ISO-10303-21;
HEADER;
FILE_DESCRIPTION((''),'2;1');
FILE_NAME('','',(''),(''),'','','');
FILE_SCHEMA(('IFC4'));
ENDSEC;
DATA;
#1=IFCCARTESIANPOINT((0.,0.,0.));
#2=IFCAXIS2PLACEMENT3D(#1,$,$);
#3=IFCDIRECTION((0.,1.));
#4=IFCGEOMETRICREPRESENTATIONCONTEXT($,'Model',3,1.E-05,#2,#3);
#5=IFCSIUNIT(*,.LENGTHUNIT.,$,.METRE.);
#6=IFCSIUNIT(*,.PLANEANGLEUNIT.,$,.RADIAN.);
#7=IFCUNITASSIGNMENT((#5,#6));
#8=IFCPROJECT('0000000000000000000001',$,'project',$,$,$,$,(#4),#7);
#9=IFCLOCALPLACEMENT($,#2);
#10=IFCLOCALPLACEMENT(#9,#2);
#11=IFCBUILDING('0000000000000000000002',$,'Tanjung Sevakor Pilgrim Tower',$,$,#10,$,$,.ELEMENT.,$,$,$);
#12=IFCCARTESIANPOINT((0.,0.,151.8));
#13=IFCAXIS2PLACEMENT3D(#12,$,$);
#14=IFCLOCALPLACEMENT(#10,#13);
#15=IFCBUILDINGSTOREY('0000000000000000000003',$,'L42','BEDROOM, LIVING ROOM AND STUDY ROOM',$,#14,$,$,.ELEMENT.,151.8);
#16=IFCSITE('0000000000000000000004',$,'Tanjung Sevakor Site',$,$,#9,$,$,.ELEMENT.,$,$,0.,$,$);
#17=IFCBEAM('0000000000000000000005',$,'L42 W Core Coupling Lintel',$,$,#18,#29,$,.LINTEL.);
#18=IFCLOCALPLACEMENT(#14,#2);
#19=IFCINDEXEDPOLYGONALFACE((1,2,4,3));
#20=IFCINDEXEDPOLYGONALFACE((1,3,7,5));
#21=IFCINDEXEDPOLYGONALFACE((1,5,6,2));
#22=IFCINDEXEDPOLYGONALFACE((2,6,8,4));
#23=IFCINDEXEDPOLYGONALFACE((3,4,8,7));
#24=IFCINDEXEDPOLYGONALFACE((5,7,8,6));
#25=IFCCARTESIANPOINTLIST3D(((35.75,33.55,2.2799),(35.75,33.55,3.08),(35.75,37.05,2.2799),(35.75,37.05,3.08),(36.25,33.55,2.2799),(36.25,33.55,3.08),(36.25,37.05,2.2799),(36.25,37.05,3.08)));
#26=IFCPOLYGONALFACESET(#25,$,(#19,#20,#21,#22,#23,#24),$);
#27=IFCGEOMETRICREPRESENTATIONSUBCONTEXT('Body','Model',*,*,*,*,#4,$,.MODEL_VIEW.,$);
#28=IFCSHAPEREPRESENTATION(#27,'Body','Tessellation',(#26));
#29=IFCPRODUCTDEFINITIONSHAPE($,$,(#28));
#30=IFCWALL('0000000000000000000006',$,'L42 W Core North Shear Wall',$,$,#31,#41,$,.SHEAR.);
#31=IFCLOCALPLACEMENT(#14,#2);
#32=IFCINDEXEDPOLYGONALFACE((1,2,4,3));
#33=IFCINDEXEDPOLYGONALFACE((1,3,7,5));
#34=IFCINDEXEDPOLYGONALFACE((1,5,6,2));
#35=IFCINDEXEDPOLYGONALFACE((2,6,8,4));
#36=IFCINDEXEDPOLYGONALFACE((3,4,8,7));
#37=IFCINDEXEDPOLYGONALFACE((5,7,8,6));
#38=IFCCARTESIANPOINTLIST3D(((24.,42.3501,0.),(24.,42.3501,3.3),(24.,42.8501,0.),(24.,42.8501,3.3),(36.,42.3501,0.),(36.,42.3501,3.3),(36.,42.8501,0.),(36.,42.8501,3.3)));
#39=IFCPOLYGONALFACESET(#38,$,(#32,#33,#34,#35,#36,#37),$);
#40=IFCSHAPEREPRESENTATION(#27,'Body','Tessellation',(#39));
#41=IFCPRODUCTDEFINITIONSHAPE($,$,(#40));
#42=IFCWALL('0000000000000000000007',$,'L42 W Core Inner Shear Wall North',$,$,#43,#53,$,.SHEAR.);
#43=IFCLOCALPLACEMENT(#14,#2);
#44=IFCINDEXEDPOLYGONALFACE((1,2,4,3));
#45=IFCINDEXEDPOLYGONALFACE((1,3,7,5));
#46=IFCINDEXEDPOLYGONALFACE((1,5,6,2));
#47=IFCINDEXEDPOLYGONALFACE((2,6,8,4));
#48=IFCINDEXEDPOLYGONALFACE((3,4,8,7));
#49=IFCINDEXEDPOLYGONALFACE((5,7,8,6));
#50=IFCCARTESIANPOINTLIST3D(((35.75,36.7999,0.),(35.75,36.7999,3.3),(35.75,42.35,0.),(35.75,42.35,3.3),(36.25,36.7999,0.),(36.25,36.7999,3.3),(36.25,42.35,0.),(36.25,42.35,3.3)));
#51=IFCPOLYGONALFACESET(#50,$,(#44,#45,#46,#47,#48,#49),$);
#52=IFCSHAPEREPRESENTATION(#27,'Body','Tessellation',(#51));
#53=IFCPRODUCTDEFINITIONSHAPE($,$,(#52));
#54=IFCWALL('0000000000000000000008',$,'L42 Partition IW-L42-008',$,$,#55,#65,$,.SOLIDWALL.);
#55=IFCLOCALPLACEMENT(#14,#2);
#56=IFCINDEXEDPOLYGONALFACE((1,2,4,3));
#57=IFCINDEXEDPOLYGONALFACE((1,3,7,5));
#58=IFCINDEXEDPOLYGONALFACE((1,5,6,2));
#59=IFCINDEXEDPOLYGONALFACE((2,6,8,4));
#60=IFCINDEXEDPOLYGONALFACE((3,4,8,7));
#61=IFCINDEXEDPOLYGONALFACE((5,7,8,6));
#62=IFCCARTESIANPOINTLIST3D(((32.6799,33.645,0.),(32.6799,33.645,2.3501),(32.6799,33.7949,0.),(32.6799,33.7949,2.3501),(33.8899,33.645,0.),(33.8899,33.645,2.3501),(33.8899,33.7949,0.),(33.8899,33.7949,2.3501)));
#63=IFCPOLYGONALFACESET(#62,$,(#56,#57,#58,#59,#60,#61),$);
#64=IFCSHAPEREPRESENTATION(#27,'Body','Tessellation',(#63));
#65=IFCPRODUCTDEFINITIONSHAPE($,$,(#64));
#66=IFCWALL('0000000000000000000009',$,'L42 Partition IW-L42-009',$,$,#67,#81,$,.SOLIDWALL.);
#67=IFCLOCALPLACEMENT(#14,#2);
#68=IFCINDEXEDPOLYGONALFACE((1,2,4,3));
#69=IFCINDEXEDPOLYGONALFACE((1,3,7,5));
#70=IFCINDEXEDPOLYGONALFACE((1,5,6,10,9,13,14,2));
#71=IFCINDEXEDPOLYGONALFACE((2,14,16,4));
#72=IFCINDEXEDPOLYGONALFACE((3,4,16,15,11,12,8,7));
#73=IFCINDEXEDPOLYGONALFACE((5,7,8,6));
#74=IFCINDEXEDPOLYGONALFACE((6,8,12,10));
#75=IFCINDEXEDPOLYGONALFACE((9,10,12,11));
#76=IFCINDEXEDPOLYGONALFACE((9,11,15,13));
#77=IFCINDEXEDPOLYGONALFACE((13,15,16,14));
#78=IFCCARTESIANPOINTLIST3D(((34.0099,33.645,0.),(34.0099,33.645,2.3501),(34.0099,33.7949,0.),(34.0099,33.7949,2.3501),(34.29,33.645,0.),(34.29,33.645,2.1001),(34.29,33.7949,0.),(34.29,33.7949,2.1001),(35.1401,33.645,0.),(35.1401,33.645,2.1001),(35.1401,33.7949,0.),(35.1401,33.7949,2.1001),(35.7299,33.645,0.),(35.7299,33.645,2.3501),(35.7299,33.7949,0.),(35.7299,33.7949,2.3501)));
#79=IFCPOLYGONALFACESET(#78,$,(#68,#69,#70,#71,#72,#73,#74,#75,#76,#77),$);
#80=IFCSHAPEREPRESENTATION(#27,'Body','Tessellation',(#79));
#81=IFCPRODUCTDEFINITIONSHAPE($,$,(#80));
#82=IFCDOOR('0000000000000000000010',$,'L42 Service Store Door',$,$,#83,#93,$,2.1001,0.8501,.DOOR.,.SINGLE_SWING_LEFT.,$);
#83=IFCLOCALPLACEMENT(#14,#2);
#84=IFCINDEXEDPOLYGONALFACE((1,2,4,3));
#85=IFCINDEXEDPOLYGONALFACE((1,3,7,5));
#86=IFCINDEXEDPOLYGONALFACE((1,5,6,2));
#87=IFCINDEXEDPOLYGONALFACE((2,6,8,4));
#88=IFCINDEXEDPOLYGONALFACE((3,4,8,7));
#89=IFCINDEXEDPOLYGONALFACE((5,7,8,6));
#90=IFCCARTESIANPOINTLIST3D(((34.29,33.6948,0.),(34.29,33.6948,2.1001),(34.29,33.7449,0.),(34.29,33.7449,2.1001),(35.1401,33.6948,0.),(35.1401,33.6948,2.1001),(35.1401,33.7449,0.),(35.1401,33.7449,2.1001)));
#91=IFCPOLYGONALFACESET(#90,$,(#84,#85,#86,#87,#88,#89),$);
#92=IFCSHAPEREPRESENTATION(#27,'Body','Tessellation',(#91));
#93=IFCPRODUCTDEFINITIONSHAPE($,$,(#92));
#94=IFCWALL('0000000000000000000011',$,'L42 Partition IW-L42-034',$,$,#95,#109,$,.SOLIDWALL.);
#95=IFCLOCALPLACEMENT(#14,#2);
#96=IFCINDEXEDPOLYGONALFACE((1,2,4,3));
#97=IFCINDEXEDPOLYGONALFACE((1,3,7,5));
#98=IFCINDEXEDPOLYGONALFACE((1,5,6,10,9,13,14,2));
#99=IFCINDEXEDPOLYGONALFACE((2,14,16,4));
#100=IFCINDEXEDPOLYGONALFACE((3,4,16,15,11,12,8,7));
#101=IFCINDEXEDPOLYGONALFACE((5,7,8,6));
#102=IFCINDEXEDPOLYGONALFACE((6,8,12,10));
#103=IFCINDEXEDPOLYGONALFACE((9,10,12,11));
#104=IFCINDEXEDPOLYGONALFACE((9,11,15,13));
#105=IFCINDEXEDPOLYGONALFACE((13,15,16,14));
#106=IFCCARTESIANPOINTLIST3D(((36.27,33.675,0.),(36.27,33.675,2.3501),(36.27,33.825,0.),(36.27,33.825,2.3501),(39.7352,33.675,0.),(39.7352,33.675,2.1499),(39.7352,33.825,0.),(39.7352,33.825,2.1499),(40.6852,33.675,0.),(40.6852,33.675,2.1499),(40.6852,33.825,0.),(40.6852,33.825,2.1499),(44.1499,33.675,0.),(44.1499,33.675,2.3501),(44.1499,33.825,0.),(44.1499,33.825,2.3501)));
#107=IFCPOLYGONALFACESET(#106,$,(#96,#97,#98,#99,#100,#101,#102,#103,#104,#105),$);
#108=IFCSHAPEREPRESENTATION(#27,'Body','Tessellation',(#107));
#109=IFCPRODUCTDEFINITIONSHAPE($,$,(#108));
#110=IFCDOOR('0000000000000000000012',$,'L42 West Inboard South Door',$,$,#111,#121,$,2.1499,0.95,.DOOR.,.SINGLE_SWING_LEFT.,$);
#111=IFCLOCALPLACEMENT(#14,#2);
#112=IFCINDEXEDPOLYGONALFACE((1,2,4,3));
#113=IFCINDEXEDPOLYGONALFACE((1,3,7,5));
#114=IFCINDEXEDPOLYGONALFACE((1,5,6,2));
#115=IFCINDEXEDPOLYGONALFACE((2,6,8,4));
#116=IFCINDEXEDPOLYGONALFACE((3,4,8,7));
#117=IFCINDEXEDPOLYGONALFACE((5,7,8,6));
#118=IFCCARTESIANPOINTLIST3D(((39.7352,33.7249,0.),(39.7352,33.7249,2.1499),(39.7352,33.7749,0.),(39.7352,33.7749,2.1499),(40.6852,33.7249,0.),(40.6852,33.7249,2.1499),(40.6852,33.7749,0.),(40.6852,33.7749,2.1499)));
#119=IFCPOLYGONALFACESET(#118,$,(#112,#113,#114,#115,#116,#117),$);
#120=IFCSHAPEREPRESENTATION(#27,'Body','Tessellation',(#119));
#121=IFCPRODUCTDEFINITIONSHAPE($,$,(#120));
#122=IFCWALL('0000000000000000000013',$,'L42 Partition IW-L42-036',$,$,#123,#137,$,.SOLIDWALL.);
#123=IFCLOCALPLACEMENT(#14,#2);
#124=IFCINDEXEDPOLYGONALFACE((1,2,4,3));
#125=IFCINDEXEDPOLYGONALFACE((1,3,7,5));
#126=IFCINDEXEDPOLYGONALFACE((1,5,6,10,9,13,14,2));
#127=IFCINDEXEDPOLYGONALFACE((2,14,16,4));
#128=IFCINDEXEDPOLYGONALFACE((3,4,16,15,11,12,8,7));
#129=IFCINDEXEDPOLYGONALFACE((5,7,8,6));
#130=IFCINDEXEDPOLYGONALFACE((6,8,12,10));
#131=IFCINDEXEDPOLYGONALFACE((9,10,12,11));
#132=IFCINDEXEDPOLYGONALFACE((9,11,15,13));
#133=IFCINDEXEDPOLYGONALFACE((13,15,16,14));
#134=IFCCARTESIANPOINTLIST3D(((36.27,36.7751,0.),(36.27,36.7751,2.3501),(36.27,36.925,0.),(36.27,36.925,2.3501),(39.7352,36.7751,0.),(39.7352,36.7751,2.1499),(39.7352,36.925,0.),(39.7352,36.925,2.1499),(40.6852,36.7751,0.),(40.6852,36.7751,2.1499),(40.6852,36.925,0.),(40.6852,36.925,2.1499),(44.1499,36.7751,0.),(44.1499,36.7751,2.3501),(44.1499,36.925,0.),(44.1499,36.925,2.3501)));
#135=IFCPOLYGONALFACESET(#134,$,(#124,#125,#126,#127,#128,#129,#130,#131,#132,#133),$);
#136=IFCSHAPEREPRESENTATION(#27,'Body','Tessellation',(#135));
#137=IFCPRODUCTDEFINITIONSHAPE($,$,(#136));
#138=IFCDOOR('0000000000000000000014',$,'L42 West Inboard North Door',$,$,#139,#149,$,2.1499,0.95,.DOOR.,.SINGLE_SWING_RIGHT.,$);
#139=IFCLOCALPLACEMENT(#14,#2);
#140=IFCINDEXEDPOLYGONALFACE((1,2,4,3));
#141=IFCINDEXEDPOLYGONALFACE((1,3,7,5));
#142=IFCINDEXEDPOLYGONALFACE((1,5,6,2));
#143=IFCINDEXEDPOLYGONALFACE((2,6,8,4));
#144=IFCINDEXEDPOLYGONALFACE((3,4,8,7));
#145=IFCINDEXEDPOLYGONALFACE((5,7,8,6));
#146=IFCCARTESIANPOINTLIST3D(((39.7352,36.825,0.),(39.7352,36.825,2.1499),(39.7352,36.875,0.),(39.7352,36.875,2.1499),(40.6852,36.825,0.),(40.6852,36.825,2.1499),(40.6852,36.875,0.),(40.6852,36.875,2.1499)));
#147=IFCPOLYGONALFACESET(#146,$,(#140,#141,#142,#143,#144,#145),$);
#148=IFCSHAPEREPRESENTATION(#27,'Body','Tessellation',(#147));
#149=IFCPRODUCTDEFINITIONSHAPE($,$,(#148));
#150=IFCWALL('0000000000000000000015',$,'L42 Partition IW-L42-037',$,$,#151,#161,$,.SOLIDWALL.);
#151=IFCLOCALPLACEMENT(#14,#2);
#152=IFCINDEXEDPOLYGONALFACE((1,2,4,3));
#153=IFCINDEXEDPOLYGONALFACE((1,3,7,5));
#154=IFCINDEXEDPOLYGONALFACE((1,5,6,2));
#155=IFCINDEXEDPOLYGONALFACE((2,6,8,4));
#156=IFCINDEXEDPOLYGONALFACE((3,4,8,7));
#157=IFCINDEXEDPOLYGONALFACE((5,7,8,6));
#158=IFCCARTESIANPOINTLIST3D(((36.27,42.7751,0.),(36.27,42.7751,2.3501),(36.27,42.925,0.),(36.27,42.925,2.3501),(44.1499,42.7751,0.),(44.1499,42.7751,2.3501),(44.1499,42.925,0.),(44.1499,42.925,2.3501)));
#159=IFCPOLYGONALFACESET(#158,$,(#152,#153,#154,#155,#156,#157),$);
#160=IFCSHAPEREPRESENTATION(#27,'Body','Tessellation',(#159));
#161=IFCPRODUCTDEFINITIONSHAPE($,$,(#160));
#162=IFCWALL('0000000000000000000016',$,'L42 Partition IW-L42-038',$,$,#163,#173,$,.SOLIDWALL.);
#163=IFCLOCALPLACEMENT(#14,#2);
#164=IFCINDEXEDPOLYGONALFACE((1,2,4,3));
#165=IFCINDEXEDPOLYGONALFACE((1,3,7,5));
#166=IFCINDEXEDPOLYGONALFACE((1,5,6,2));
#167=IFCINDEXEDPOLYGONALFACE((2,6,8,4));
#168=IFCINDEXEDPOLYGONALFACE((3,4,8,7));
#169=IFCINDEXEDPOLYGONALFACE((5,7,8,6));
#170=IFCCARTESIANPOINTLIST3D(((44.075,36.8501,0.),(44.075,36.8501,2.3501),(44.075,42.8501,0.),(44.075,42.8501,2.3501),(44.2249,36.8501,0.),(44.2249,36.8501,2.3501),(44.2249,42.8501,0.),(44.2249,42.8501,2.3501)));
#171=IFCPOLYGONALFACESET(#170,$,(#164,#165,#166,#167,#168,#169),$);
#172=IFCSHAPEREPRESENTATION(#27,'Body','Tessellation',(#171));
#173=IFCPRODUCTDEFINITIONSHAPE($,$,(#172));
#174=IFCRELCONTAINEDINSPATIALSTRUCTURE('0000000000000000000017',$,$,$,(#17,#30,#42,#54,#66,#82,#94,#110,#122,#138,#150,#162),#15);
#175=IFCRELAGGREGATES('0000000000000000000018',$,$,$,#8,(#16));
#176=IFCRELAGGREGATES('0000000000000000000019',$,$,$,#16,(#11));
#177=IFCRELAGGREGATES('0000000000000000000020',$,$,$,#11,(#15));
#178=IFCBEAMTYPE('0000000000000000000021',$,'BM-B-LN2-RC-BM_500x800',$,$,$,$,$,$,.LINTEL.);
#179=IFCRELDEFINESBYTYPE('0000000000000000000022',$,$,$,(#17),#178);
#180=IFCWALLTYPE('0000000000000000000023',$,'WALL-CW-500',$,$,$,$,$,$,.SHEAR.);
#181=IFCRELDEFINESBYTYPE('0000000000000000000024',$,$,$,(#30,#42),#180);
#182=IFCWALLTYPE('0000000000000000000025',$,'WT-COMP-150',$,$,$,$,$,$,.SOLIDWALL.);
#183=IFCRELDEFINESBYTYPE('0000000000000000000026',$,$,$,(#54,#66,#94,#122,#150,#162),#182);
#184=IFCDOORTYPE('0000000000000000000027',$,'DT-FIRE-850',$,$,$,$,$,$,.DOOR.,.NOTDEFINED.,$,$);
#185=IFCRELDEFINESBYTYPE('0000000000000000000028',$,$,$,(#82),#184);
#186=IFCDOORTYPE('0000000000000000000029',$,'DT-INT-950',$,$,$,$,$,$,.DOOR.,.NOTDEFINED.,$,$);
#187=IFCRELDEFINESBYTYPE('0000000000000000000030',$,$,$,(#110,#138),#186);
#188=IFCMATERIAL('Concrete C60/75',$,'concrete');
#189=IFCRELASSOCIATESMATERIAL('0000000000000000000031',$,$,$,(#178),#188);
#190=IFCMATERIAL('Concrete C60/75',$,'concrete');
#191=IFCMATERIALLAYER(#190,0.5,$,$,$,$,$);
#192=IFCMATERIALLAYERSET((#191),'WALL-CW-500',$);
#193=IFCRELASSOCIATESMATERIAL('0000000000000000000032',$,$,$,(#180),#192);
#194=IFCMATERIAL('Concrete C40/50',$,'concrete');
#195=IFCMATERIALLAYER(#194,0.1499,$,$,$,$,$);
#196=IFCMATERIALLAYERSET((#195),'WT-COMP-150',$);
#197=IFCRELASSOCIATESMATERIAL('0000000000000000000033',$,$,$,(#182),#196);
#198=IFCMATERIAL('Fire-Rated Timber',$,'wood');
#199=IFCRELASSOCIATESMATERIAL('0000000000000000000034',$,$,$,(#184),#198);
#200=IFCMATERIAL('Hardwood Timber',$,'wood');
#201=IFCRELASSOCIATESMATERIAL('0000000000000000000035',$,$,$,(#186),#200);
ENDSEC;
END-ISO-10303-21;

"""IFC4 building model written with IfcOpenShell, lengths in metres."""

from ifc_helpers import new_model, si_unit, direction, frame, frame_2d, origin, origin_2d, place, context, subcontext, project, spatial, rectangle, extrude, material, layer, layer_set, material_profile, profile_set, type_object, element, fill, save


model = new_model("IFC4")

# Units and contexts
model_context = context("Model", 3, precision=1e-05, world=origin(), true_north=direction((0.0, 1.0)))
body_context = subcontext(model_context, "Body", "Model", "MODEL_VIEW")
ifc_project = project(units=[si_unit("LENGTHUNIT", "METRE"), si_unit("PLANEANGLEUNIT", "RADIAN")], contexts=[model_context])

# Site, building, storey
site_placement = place(None, origin())
site = spatial("IfcSite", under=ifc_project, at=site_placement, Name="Tanjung Sevakor Site", CompositionType="ELEMENT", RefElevation=0.0)
building_placement = place(site_placement, origin())
building = spatial("IfcBuilding", under=site, at=building_placement, Name="Tanjung Sevakor Pilgrim Tower", CompositionType="ELEMENT")
storey_placement = place(building_placement, frame((0.0, 0.0, 151.8)))
storey = spatial("IfcBuildingStorey", under=building, at=storey_placement, Name="L42", Description="BEDROOM, LIVING ROOM AND STUDY ROOM", CompositionType="ELEMENT", Elevation=151.8)

# Beam
ifc_material_1 = material(Name="Concrete C60/75", Category="concrete")
ifc_material_profile_1 = material_profile(ifc_material_1, rectangle(XDim=0.5, YDim=0.8, at=origin_2d()))
ifc_profile_set_1 = profile_set([ifc_material_profile_1], Name="Concrete C60/75")
beam_type_1 = type_object("IfcBeamType", Name="BM-B-LN2-RC-BM_500x800", PredefinedType="LINTEL", material=ifc_profile_set_1)
beam_1_placement = place(storey_placement, frame((36.0, 33.55, 2.6799), z_axis=(0.0, 1.0, 0.0), x_axis=(-1.0, 0.0, 0.0)))
element("IfcBeam", 1, at=beam_1_placement, inside=storey, type_object=beam_type_1, Name="L42 W Core Coupling Lintel", PredefinedType="LINTEL", context=body_context, shape_type="SweptSolid", body=[
    extrude(rectangle(XDim=0.5, YDim=0.8, at=origin_2d()), origin(), (0.0, 0.0, 1.0), 3.5),
])

# Walls
ifc_material_2 = material(Name="Concrete C60/75", Category="concrete")
ifc_layer_1 = layer(ifc_material_2, 0.5)
ifc_layer_set_1 = layer_set([ifc_layer_1], Name="WALL-CW-500")
wall_type_1 = type_object("IfcWallType", Name="WALL-CW-500", PredefinedType="SHEAR", material=ifc_layer_set_1)
wall_1_placement = place(storey_placement, frame((36.0, 42.6001, 0.0), z_axis=(0.0, 0.0, 1.0), x_axis=(-1.0, 0.0, 0.0)))
element("IfcWall", 2, at=wall_1_placement, inside=storey, type_object=wall_type_1, Name="L42 W Core North Shear Wall", PredefinedType="SHEAR", context=body_context, shape_type="SweptSolid", body=[
    extrude(rectangle(XDim=12.0, YDim=0.5, at=frame_2d((6.0, 0.0))), origin(), (0.0, 0.0, 1.0), 3.3),
])
wall_2_placement = place(storey_placement, frame((36.0, 36.8, 0.0), z_axis=(0.0, 0.0, 1.0), x_axis=(0.0, 1.0, 0.0)))
element("IfcWall", 3, at=wall_2_placement, inside=storey, type_object=wall_type_1, Name="L42 W Core Inner Shear Wall North", PredefinedType="SHEAR", context=body_context, shape_type="SweptSolid", body=[
    extrude(rectangle(XDim=5.55, YDim=0.5, at=frame_2d((2.7749, 0.0))), origin(), (0.0, 0.0, 1.0), 3.3),
])
ifc_material_3 = material(Name="Concrete C40/50", Category="concrete")
ifc_layer_2 = layer(ifc_material_3, 0.1499)
ifc_layer_set_2 = layer_set([ifc_layer_2], Name="WT-COMP-150")
wall_type_2 = type_object("IfcWallType", Name="WT-COMP-150", PredefinedType="SOLIDWALL", material=ifc_layer_set_2)
wall_3_placement = place(storey_placement, frame((32.6799, 33.72, 0.0), z_axis=(0.0, 0.0, 1.0), x_axis=(1.0, 0.0, 0.0)))
element("IfcWall", 4, at=wall_3_placement, inside=storey, type_object=wall_type_2, Name="L42 Partition IW-L42-008", PredefinedType="SOLIDWALL", context=body_context, shape_type="SweptSolid", body=[
    extrude(rectangle(XDim=1.21, YDim=0.1499, at=frame_2d((0.605, 0.0))), origin(), (0.0, 0.0, 1.0), 2.3501),
])

# Walls, openings, doors
wall_4_placement = place(storey_placement, frame((34.01, 33.72, 0.0), z_axis=(0.0, 0.0, 1.0), x_axis=(1.0, 0.0, 0.0)))
wall_4 = element("IfcWall", 5, at=wall_4_placement, inside=storey, type_object=wall_type_2, Name="L42 Partition IW-L42-009", PredefinedType="SOLIDWALL", context=body_context, shape_type="SweptSolid", body=[
    extrude(rectangle(XDim=1.72, YDim=0.1499, at=frame_2d((0.8599, 0.0))), origin(), (0.0, 0.0, 1.0), 2.3501),
])
opening_1_placement = place(wall_4_placement, frame((0.28, 0.0, 0.0)))
opening_1 = element("IfcOpeningElement", 6, at=opening_1_placement, cuts=wall_4, PredefinedType="OPENING", context=body_context, shape_type="SweptSolid", body=[
    extrude(rectangle(XDim=0.8501, YDim=2.1001, at=frame_2d((0.425, 1.05))), frame((0.0, 0.085, 0.0), z_axis=(0.0, -1.0, 0.0), x_axis=(1.0, 0.0, 0.0)), (0.0, 0.0, 1.0), 0.1699),
])
ifc_material_4 = material(Name="Fire-Rated Timber", Category="wood")
door_type_1 = type_object("IfcDoorType", Name="DT-FIRE-850", OperationType="NOTDEFINED", PredefinedType="DOOR", material=ifc_material_4)
door_1_placement = place(opening_1_placement, origin())
door_1 = element("IfcDoor", 7, at=door_1_placement, inside=storey, type_object=door_type_1, Name="L42 Service Store Door", OperationType="SINGLE_SWING_LEFT", OverallHeight=2.1001, OverallWidth=0.8501, PredefinedType="DOOR", context=body_context, shape_type="SweptSolid", body=[
    extrude(rectangle(XDim=0.8501, YDim=2.1001, at=frame_2d((0.425, 1.05))), frame((0.0, 0.0249, 0.0), z_axis=(0.0, -1.0, 0.0), x_axis=(1.0, 0.0, 0.0)), (0.0, 0.0, 1.0), 0.05),
])
fill(opening_1, door_1)
wall_5_placement = place(storey_placement, frame((36.27, 33.75, 0.0), z_axis=(0.0, 0.0, 1.0), x_axis=(1.0, 0.0, 0.0)))
wall_5 = element("IfcWall", 8, at=wall_5_placement, inside=storey, type_object=wall_type_2, Name="L42 Partition IW-L42-034", PredefinedType="SOLIDWALL", context=body_context, shape_type="SweptSolid", body=[
    extrude(rectangle(XDim=7.8799, YDim=0.1499, at=frame_2d((3.9399, 0.0))), origin(), (0.0, 0.0, 1.0), 2.3501),
])
opening_2_placement = place(wall_5_placement, frame((3.4651, 0.0, 0.0)))
opening_2 = element("IfcOpeningElement", 9, at=opening_2_placement, cuts=wall_5, PredefinedType="OPENING", context=body_context, shape_type="SweptSolid", body=[
    extrude(rectangle(XDim=0.95, YDim=2.1499, at=frame_2d((0.4751, 1.075))), frame((0.0, 0.085, 0.0), z_axis=(0.0, -1.0, 0.0), x_axis=(1.0, 0.0, 0.0)), (0.0, 0.0, 1.0), 0.1699),
])
ifc_material_5 = material(Name="Hardwood Timber", Category="wood")
door_type_2 = type_object("IfcDoorType", Name="DT-INT-950", OperationType="NOTDEFINED", PredefinedType="DOOR", material=ifc_material_5)
door_2_placement = place(opening_2_placement, origin())
door_2 = element("IfcDoor", 10, at=door_2_placement, inside=storey, type_object=door_type_2, Name="L42 West Inboard South Door", OperationType="SINGLE_SWING_LEFT", OverallHeight=2.1499, OverallWidth=0.95, PredefinedType="DOOR", context=body_context, shape_type="SweptSolid", body=[
    extrude(rectangle(XDim=0.95, YDim=2.1499, at=frame_2d((0.4751, 1.075))), frame((0.0, 0.0249, 0.0), z_axis=(0.0, -1.0, 0.0), x_axis=(1.0, 0.0, 0.0)), (0.0, 0.0, 1.0), 0.05),
])
fill(opening_2, door_2)
wall_6_placement = place(storey_placement, frame((36.27, 36.8501, 0.0), z_axis=(0.0, 0.0, 1.0), x_axis=(1.0, 0.0, 0.0)))
wall_6 = element("IfcWall", 11, at=wall_6_placement, inside=storey, type_object=wall_type_2, Name="L42 Partition IW-L42-036", PredefinedType="SOLIDWALL", context=body_context, shape_type="SweptSolid", body=[
    extrude(rectangle(XDim=7.8799, YDim=0.1499, at=frame_2d((3.9399, 0.0))), origin(), (0.0, 0.0, 1.0), 2.3501),
])
opening_3_placement = place(wall_6_placement, frame((3.4651, 0.0, 0.0)))
opening_3 = element("IfcOpeningElement", 12, at=opening_3_placement, cuts=wall_6, PredefinedType="OPENING", context=body_context, shape_type="SweptSolid", body=[
    extrude(rectangle(XDim=0.95, YDim=2.1499, at=frame_2d((0.4751, 1.075))), frame((0.0, 0.085, 0.0), z_axis=(0.0, -1.0, 0.0), x_axis=(1.0, 0.0, 0.0)), (0.0, 0.0, 1.0), 0.1699),
])
door_3_placement = place(opening_3_placement, origin())
door_3 = element("IfcDoor", 13, at=door_3_placement, inside=storey, type_object=door_type_2, Name="L42 West Inboard North Door", OperationType="SINGLE_SWING_RIGHT", OverallHeight=2.1499, OverallWidth=0.95, PredefinedType="DOOR", context=body_context, shape_type="SweptSolid", body=[
    extrude(rectangle(XDim=0.95, YDim=2.1499, at=frame_2d((0.4751, 1.075))), frame((0.0, 0.0249, 0.0), z_axis=(0.0, -1.0, 0.0), x_axis=(1.0, 0.0, 0.0)), (0.0, 0.0, 1.0), 0.05),
])
fill(opening_3, door_3)

# Walls
wall_7_placement = place(storey_placement, frame((36.27, 42.8501, 0.0), z_axis=(0.0, 0.0, 1.0), x_axis=(1.0, 0.0, 0.0)))
element("IfcWall", 14, at=wall_7_placement, inside=storey, type_object=wall_type_2, Name="L42 Partition IW-L42-037", PredefinedType="SOLIDWALL", context=body_context, shape_type="SweptSolid", body=[
    extrude(rectangle(XDim=7.8799, YDim=0.1499, at=frame_2d((3.9399, 0.0))), origin(), (0.0, 0.0, 1.0), 2.3501),
])
wall_8_placement = place(storey_placement, frame((44.1499, 36.8501, 0.0), z_axis=(0.0, 0.0, 1.0), x_axis=(0.0, 1.0, 0.0)))
element("IfcWall", 15, at=wall_8_placement, inside=storey, type_object=wall_type_2, Name="L42 Partition IW-L42-038", PredefinedType="SOLIDWALL", context=body_context, shape_type="SweptSolid", body=[
    extrude(rectangle(XDim=6.0, YDim=0.1499, at=frame_2d((3.0, 0.0))), origin(), (0.0, 0.0, 1.0), 2.3501),
])

save(model, "model.ifc")
